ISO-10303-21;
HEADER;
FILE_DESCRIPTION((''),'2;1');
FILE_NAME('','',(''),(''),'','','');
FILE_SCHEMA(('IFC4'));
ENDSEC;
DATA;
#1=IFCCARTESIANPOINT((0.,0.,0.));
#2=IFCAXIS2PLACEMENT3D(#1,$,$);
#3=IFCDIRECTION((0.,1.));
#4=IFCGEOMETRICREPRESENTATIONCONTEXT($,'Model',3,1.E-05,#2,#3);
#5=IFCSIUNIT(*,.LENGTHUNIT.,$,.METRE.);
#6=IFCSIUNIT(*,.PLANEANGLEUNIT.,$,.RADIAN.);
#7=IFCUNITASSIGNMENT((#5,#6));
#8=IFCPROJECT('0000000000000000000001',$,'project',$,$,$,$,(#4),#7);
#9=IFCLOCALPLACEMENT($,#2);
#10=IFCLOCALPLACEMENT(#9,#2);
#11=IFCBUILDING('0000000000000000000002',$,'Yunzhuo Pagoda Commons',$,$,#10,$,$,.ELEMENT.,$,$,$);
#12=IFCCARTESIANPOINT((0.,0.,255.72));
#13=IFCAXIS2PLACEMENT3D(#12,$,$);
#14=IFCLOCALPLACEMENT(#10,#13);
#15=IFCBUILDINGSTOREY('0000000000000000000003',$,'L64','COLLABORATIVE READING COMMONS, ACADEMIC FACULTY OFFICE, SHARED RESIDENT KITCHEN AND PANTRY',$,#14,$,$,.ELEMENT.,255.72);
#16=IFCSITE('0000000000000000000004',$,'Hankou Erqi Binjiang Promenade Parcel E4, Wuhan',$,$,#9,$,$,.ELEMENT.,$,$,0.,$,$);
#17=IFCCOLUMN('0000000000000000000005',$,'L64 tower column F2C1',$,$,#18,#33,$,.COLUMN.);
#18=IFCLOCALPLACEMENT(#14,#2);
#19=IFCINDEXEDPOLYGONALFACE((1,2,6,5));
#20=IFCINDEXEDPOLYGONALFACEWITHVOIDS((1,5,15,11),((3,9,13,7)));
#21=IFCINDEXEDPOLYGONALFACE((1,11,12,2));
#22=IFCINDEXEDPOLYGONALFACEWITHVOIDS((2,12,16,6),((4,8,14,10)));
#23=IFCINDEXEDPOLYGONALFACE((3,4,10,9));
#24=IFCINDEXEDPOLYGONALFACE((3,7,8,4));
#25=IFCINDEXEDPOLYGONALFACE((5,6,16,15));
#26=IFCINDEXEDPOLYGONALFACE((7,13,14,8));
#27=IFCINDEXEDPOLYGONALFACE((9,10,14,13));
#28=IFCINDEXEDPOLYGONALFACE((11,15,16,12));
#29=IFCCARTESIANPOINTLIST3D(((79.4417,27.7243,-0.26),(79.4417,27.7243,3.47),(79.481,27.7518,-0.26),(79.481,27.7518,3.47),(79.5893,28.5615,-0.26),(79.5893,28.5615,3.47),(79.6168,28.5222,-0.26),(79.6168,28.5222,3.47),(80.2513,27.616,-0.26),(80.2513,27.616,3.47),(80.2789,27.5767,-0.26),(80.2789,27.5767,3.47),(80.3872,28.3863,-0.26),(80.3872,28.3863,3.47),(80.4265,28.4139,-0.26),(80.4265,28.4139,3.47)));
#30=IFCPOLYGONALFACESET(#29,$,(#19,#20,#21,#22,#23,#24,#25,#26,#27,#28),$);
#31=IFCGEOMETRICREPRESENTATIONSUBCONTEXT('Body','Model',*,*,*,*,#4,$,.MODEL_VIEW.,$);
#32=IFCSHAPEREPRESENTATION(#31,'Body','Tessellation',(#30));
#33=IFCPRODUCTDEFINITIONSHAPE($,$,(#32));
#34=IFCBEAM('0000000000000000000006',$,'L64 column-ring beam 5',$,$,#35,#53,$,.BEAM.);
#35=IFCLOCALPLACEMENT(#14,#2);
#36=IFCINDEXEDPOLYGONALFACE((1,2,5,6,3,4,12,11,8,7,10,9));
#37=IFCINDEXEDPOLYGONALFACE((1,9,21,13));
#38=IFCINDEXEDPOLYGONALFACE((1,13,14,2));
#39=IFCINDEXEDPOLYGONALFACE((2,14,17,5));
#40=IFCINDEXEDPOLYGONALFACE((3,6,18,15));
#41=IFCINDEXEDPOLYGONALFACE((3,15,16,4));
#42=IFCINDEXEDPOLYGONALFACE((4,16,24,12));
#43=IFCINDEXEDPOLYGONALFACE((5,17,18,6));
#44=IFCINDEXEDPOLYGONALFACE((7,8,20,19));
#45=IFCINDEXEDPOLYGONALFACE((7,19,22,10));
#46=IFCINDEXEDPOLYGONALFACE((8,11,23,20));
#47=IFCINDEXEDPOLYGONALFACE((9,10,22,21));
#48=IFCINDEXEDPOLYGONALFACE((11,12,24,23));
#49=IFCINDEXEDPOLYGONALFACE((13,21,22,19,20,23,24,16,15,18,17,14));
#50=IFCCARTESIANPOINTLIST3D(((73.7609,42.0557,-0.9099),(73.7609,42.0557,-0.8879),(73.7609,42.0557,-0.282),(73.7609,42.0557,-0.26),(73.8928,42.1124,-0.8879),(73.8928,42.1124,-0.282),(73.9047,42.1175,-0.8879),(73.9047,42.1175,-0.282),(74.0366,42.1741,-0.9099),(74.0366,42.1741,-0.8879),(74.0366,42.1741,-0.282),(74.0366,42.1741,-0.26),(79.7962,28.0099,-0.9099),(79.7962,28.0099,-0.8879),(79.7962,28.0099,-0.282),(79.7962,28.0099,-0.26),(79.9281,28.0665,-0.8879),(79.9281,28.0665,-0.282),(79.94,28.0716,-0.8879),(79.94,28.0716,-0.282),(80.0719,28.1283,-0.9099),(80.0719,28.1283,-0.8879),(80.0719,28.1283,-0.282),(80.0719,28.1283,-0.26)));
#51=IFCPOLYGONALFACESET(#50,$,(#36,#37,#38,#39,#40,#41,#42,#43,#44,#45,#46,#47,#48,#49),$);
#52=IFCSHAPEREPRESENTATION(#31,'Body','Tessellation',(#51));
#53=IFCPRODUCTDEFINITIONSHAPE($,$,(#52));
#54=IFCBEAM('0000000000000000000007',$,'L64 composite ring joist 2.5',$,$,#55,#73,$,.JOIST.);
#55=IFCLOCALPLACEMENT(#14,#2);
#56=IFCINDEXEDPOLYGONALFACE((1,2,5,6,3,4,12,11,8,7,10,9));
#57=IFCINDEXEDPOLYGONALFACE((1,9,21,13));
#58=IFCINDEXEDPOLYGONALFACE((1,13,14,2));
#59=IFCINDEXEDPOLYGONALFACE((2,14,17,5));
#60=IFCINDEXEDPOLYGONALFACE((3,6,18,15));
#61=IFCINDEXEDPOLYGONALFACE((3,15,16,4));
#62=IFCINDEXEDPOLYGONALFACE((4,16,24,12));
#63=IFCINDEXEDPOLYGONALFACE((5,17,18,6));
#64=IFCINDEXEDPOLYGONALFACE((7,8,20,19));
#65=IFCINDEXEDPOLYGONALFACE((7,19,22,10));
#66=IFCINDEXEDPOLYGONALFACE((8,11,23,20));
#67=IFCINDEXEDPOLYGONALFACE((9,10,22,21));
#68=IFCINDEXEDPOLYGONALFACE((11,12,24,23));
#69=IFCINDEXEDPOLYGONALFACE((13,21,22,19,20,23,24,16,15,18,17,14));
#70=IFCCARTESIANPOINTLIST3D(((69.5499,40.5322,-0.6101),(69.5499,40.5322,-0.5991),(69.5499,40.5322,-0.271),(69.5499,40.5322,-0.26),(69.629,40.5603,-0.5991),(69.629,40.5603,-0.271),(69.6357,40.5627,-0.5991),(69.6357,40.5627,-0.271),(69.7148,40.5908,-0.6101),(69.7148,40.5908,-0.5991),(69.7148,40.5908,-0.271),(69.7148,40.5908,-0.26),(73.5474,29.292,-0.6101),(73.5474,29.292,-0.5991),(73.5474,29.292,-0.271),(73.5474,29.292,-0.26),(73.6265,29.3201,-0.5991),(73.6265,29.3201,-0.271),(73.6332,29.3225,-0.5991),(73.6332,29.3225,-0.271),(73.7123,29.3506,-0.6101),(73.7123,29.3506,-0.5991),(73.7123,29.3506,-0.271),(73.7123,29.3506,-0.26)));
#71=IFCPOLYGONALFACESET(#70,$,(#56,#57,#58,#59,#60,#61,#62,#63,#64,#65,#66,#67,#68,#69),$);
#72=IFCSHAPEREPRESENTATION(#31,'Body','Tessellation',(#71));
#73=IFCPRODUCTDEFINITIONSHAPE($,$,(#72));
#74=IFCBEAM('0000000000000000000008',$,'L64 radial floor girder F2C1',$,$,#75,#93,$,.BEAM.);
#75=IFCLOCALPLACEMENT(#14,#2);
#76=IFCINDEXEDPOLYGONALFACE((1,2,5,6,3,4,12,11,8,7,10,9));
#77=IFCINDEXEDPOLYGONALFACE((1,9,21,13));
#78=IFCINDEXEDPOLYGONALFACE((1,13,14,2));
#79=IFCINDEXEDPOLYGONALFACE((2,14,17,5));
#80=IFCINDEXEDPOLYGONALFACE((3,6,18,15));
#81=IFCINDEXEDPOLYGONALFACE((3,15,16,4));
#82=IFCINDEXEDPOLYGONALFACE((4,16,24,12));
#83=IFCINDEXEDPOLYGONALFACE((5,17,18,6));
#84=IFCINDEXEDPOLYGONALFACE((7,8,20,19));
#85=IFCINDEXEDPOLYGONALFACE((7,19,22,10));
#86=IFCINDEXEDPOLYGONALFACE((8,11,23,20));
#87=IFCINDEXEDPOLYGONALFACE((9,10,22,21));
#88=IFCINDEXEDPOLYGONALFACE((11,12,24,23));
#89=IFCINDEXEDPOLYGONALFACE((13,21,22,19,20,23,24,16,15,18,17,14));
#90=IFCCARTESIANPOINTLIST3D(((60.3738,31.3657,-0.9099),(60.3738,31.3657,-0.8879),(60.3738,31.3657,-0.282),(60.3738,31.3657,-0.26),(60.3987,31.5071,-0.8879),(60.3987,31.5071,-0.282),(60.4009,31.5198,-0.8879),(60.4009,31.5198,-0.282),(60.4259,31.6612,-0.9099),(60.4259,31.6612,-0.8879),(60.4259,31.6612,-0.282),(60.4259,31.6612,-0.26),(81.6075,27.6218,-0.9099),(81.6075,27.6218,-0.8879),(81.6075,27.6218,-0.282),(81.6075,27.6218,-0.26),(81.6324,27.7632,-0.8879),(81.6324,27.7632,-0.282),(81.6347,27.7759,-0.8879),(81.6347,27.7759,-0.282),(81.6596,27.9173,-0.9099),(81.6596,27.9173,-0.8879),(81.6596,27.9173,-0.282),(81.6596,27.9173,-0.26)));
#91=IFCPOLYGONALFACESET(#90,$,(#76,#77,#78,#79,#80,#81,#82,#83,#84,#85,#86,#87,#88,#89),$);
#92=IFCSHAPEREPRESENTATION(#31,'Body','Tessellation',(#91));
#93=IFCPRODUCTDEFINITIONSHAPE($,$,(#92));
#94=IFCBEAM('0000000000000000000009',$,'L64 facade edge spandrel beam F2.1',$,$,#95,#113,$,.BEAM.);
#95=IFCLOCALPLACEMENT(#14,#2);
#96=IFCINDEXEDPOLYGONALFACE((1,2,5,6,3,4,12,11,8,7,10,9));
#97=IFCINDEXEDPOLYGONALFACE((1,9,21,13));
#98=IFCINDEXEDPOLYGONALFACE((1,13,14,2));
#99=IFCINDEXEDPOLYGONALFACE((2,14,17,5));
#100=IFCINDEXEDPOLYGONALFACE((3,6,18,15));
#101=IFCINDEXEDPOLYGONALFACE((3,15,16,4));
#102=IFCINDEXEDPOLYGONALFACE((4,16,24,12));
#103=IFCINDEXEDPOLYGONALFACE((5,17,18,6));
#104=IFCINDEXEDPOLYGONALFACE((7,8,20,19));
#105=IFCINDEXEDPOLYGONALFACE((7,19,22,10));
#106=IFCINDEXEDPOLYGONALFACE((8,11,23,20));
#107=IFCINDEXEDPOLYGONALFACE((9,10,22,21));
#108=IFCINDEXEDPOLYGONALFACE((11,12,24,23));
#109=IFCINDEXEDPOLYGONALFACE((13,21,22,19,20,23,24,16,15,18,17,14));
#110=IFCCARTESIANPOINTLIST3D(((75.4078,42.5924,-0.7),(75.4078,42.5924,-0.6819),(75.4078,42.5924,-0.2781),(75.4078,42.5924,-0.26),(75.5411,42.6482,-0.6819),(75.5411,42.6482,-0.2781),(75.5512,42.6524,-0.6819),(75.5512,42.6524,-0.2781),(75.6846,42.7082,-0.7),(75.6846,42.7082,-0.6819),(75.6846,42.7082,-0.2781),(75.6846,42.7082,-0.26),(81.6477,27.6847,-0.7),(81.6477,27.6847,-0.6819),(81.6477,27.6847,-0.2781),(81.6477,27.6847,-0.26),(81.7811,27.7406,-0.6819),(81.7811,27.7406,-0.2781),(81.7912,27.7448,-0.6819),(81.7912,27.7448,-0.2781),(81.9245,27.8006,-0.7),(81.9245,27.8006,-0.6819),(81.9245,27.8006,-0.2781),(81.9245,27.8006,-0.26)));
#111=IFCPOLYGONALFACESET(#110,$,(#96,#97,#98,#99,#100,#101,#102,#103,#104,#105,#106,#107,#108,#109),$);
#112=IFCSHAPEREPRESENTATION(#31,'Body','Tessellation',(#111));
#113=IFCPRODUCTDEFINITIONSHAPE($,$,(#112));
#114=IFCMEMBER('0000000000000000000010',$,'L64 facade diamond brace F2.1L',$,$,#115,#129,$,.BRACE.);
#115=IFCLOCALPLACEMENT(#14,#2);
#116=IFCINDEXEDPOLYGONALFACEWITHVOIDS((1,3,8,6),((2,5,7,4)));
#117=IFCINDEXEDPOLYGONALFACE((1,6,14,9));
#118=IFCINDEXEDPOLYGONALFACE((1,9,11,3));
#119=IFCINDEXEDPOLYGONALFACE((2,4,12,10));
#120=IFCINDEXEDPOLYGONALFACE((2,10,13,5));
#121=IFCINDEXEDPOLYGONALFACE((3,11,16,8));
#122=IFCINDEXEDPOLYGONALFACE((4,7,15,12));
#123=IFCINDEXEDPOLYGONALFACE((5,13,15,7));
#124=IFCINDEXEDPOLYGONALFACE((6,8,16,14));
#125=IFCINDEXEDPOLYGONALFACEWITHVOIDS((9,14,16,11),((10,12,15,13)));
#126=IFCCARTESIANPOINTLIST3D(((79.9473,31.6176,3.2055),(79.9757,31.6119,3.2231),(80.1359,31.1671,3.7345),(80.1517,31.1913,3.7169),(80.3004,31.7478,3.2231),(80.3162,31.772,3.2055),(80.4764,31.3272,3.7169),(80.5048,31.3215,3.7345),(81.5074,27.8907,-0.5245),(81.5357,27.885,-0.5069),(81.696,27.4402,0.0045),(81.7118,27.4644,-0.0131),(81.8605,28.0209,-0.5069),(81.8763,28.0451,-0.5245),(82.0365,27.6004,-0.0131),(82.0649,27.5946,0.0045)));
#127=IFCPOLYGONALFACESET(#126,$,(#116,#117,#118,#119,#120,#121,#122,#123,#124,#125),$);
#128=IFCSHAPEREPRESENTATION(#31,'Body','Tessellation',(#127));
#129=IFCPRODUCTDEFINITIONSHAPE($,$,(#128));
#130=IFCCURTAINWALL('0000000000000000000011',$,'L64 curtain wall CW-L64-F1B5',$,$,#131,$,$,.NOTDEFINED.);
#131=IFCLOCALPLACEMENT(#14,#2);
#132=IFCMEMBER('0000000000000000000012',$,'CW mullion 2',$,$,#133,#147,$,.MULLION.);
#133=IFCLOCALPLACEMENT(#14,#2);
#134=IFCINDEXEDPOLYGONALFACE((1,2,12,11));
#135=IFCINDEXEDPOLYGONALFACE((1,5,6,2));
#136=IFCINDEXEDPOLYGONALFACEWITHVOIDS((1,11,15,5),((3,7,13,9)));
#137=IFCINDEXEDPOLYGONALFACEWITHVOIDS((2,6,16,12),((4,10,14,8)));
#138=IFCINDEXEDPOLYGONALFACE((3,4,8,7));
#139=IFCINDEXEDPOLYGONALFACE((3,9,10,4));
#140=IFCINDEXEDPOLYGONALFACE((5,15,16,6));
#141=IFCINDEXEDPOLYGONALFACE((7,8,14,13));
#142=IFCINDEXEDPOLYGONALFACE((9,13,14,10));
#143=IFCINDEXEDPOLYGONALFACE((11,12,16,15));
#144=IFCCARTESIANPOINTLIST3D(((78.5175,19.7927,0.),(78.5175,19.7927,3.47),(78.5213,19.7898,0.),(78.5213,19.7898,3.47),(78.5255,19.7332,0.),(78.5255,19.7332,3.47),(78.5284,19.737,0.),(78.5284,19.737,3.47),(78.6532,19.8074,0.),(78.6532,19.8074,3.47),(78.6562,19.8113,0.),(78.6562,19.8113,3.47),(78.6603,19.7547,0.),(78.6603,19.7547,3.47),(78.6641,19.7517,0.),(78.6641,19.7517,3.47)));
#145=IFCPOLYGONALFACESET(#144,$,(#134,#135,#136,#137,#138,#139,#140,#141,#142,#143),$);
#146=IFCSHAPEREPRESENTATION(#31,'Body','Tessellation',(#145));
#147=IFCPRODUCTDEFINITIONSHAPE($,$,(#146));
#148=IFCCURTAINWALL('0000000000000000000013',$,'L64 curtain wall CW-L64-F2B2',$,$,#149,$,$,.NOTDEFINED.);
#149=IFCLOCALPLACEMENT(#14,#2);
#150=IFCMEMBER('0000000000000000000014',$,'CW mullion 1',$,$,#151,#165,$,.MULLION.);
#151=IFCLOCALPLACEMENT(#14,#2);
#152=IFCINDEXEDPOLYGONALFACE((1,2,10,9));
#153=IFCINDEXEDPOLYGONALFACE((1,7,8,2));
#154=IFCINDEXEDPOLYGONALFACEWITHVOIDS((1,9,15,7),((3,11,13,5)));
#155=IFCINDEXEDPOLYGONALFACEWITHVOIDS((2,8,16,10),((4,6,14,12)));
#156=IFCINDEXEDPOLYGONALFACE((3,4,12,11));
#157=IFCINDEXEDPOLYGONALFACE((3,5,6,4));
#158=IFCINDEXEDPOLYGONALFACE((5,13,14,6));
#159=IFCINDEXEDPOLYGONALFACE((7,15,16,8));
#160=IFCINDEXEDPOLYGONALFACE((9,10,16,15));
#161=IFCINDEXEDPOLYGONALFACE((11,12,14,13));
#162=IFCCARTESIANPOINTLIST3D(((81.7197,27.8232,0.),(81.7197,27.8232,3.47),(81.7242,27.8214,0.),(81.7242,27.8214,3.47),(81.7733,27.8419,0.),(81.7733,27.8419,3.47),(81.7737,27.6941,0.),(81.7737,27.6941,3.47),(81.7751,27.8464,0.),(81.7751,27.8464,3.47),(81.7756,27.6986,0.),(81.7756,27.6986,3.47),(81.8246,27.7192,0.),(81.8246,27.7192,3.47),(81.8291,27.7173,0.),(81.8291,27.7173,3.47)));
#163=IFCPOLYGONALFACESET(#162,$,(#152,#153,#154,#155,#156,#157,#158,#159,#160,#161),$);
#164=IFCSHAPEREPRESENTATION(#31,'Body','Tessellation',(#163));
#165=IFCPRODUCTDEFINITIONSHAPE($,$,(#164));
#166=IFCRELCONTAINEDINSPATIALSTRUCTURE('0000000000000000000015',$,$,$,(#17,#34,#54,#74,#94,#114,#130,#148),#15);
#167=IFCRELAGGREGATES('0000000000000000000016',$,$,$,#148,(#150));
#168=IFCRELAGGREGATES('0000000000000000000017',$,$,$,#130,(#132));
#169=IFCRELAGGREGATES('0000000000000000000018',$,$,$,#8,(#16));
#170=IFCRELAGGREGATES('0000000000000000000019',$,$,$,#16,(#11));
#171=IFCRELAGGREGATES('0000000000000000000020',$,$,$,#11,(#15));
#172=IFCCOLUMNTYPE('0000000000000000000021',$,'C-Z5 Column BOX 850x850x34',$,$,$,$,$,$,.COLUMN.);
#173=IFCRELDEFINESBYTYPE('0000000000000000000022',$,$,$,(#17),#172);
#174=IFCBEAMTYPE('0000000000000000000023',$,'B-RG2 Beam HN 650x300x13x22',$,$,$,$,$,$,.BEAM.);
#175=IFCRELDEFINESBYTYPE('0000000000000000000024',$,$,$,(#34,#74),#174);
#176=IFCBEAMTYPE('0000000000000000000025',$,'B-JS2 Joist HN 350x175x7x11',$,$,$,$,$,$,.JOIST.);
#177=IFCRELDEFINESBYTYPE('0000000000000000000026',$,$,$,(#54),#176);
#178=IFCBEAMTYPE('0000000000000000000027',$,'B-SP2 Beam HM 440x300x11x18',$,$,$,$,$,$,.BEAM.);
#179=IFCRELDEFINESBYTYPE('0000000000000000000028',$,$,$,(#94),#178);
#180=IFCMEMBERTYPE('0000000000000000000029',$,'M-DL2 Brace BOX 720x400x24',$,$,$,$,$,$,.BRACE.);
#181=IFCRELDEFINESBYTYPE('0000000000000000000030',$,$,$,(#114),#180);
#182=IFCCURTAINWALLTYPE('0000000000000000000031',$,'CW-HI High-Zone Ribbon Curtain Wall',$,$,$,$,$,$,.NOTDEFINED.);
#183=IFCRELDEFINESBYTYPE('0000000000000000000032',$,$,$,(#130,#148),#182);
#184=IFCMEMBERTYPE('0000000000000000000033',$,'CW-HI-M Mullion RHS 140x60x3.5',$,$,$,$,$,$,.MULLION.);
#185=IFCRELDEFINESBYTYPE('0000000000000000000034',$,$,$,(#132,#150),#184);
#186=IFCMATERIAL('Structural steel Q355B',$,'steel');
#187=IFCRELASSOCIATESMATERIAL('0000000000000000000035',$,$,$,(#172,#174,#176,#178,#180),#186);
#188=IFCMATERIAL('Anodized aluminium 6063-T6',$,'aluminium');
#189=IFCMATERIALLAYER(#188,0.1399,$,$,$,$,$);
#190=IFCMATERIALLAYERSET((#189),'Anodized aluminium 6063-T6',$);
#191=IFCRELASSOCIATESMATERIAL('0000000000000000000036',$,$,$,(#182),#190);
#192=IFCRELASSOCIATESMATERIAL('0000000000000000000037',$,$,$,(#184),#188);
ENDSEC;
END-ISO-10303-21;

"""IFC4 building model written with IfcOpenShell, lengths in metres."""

from ifc_helpers import new_model, si_unit, direction, frame, origin, origin_2d, place, context, subcontext, project, spatial, hollow_rectangle, i_section, extrude, source, transform, mapped, material, layer, layer_set, material_profile, profile_set, type_object, element, aggregate, save


model = new_model("IFC4")

# Units and contexts
model_context = context("Model", 3, precision=1e-05, world=origin(), true_north=direction((0.0, 1.0)))
body_context = subcontext(model_context, "Body", "Model", "MODEL_VIEW")
ifc_project = project(units=[si_unit("LENGTHUNIT", "METRE"), si_unit("PLANEANGLEUNIT", "RADIAN")], contexts=[model_context])

# Site, building, storey
site_placement = place(None, origin())
site = spatial("IfcSite", under=ifc_project, at=site_placement, Name="Hankou Erqi Binjiang Promenade Parcel E4, Wuhan", CompositionType="ELEMENT", RefElevation=0.0)
building_placement = place(site_placement, origin())
building = spatial("IfcBuilding", under=site, at=building_placement, Name="Yunzhuo Pagoda Commons", CompositionType="ELEMENT")
storey_placement = place(building_placement, frame((0.0, 0.0, 255.72)))
storey = spatial("IfcBuildingStorey", under=building, at=storey_placement, Name="L64", Description="COLLABORATIVE READING COMMONS, ACADEMIC FACULTY OFFICE, SHARED RESIDENT KITCHEN AND PANTRY", CompositionType="ELEMENT", Elevation=255.72)

# Column
ifc_material_1 = material(Name="Structural steel Q355B", Category="steel")
ifc_material_profile_1 = material_profile(ifc_material_1, hollow_rectangle(XDim=0.8501, YDim=0.8501, WallThickness=0.0339, at=origin_2d()), Name="Structural steel Q355B")
ifc_profile_set_1 = profile_set([ifc_material_profile_1], Name="Structural steel Q355B")
column_type = type_object("IfcColumnType", Name="C-Z5 Column BOX 850x850x34", PredefinedType="COLUMN", material=ifc_profile_set_1)
shared_shape_1 = source(origin(), body_context, "Body", "SweptSolid", [
    extrude(hollow_rectangle(XDim=0.8501, YDim=0.8501, WallThickness=0.0339, at=origin_2d()), origin(), (0.0, 0.0, 1.0), 3.73),
])
column_placement = place(storey_placement, frame((79.9341, 28.0691, -0.26), z_axis=(0.0, 0.0, 1.0), x_axis=(0.173648, 0.984808, 0.0)))
element("IfcColumn", 1, at=column_placement, inside=storey, type_object=column_type, Name="L64 tower column F2C1", PredefinedType="COLUMN", context=body_context, shape_type="MappedRepresentation", body=[
    mapped(shared_shape_1, transform((0.0, 0.0, 0.0), scale=1.0)),
])

# Beams
ifc_material_profile_2 = material_profile(ifc_material_1, i_section(OverallWidth=0.3, OverallDepth=0.6499, WebThickness=0.0129, FlangeThickness=0.022, at=origin_2d()), Name="Structural steel Q355B")
ifc_profile_set_2 = profile_set([ifc_material_profile_2], Name="Structural steel Q355B")
beam_type_1 = type_object("IfcBeamType", Name="B-RG2 Beam HN 650x300x13x22", PredefinedType="BEAM", material=ifc_profile_set_2)
shared_shape_2 = source(origin(), body_context, "Body", "SweptSolid", [
    extrude(i_section(OverallWidth=0.3, OverallDepth=0.6499, WebThickness=0.0129, FlangeThickness=0.022, at=origin_2d()), origin(), (0.0, 0.0, 1.0), 15.2876),
])
beam_1_placement = place(storey_placement, frame((79.9341, 28.0691, -0.585), z_axis=(-0.394788, 0.918772, 0.0), x_axis=(-0.918772, -0.394788, 0.0)))
element("IfcBeam", 2, at=beam_1_placement, inside=storey, type_object=beam_type_1, Name="L64 column-ring beam 5", PredefinedType="BEAM", context=body_context, shape_type="MappedRepresentation", body=[
    mapped(shared_shape_2, transform((0.0, 0.0, 0.0), scale=1.0)),
])
ifc_material_profile_3 = material_profile(ifc_material_1, i_section(OverallWidth=0.175, OverallDepth=0.3501, WebThickness=0.0071, FlangeThickness=0.011, at=origin_2d()), Name="Structural steel Q355B")
ifc_profile_set_3 = profile_set([ifc_material_profile_3], Name="Structural steel Q355B")
beam_type_2 = type_object("IfcBeamType", Name="B-JS2 Joist HN 350x175x7x11", PredefinedType="JOIST", material=ifc_profile_set_3)
shared_shape_3 = source(origin(), body_context, "Body", "SweptSolid", [
    extrude(i_section(OverallWidth=0.175, OverallDepth=0.3501, WebThickness=0.0071, FlangeThickness=0.011, at=origin_2d()), origin(), (0.0, 0.0, 1.0), 11.9299),
])
beam_2_placement = place(storey_placement, frame((73.6299, 29.3213, -0.4351), z_axis=(-0.335086, 0.942187, 0.0), x_axis=(-0.942187, -0.335086, 0.0)))
element("IfcBeam", 3, at=beam_2_placement, inside=storey, type_object=beam_type_2, Name="L64 composite ring joist 2.5", PredefinedType="JOIST", context=body_context, shape_type="MappedRepresentation", body=[
    mapped(shared_shape_3, transform((0.0, 0.0, 0.0), scale=1.0)),
])
shared_shape_4 = source(origin(), body_context, "Body", "SweptSolid", [
    extrude(i_section(OverallWidth=0.3, OverallDepth=0.6499, WebThickness=0.0129, FlangeThickness=0.022, at=origin_2d()), origin(), (0.0, 0.0, 1.0), 21.5613),
])
beam_3_placement = place(storey_placement, frame((81.6335, 27.7695, -0.585), z_axis=(-0.984809, 0.173641, 0.0), x_axis=(-0.173641, -0.984809, 0.0)))
element("IfcBeam", 4, at=beam_3_placement, inside=storey, type_object=beam_type_1, Name="L64 radial floor girder F2C1", PredefinedType="BEAM", context=body_context, shape_type="MappedRepresentation", body=[
    mapped(shared_shape_4, transform((0.0, 0.0, 0.0), scale=1.0)),
])
ifc_material_profile_4 = material_profile(ifc_material_1, i_section(OverallWidth=0.3, OverallDepth=0.4399, WebThickness=0.011, FlangeThickness=0.0181, at=origin_2d()), Name="Structural steel Q355B")
ifc_profile_set_4 = profile_set([ifc_material_profile_4], Name="Structural steel Q355B")
beam_type_3 = type_object("IfcBeamType", Name="B-SP2 Beam HM 440x300x11x18", PredefinedType="BEAM", material=ifc_profile_set_4)
shared_shape_5 = source(origin(), body_context, "Body", "SweptSolid", [
    extrude(i_section(OverallWidth=0.3, OverallDepth=0.4399, WebThickness=0.011, FlangeThickness=0.0181, at=origin_2d()), origin(), (0.0, 0.0, 1.0), 16.1609),
])
beam_4_placement = place(storey_placement, frame((81.7861, 27.7427, -0.48), z_axis=(-0.386114, 0.922451, 0.0), x_axis=(-0.922451, -0.386114, 0.0)))
element("IfcBeam", 5, at=beam_4_placement, inside=storey, type_object=beam_type_3, Name="L64 facade edge spandrel beam F2.1", PredefinedType="BEAM", context=body_context, shape_type="MappedRepresentation", body=[
    mapped(shared_shape_5, transform((0.0, 0.0, 0.0), scale=1.0)),
])

# Member
ifc_material_profile_5 = material_profile(ifc_material_1, hollow_rectangle(XDim=0.3999, YDim=0.72, WallThickness=0.0239, at=origin_2d()), Name="Structural steel Q355B")
ifc_profile_set_5 = profile_set([ifc_material_profile_5], Name="Structural steel Q355B")
member_type_1 = type_object("IfcMemberType", Name="M-DL2 Brace BOX 720x400x24", PredefinedType="BRACE", material=ifc_profile_set_5)
shared_shape_6 = source(origin(), body_context, "Body", "SweptSolid", [
    extrude(hollow_rectangle(XDim=0.3999, YDim=0.72, WallThickness=0.0239, at=origin_2d()), origin(), (0.0, 0.0, 1.0), 5.4988),
])
member_1_placement = place(storey_placement, frame((81.7861, 27.7427, -0.26), z_axis=(-0.283714, 0.677762, 0.678339), x_axis=(-0.922441, -0.386138, 0.0)))
element("IfcMember", 6, at=member_1_placement, inside=storey, type_object=member_type_1, Name="L64 facade diamond brace F2.1L", PredefinedType="BRACE", context=body_context, shape_type="MappedRepresentation", body=[
    mapped(shared_shape_6, transform((0.0, 0.0, 0.0), scale=1.0)),
])

# Curtain walls, members
ifc_material_2 = material(Name="Anodized aluminium 6063-T6", Category="aluminium")
ifc_layer_1 = layer(ifc_material_2, 0.1399)
ifc_layer_set_1 = layer_set([ifc_layer_1], Name="Anodized aluminium 6063-T6")
curtain_wall_type = type_object("IfcCurtainWallType", Name="CW-HI High-Zone Ribbon Curtain Wall", PredefinedType="NOTDEFINED", material=ifc_layer_set_1)
curtain_wall_1_placement = place(storey_placement, origin())
curtain_wall_1 = element("IfcCurtainWall", 7, at=curtain_wall_1_placement, inside=storey, type_object=curtain_wall_type, Name="L64 curtain wall CW-L64-F1B5", PredefinedType="NOTDEFINED")
ifc_material_profile_6 = material_profile(ifc_material_2, hollow_rectangle(XDim=0.0601, YDim=0.1399, WallThickness=0.0034, at=origin_2d()), Name="Anodized aluminium 6063-T6")
ifc_profile_set_6 = profile_set([ifc_material_profile_6], Name="Anodized aluminium 6063-T6")
member_type_2 = type_object("IfcMemberType", Name="CW-HI-M Mullion RHS 140x60x3.5", PredefinedType="MULLION", material=ifc_profile_set_6)
shared_shape_7 = source(origin(), body_context, "Body", "SweptSolid", [
    extrude(hollow_rectangle(XDim=0.0601, YDim=0.1399, WallThickness=0.0034, at=origin_2d()), origin(), (0.0, 0.0, 1.0), 3.47),
])
member_2_placement = place(storey_placement, frame((78.5908, 19.7722, 0.0), z_axis=(0.0, 0.0, 1.0), x_axis=(-0.132664, 0.991161, 0.0)))
member_2 = element("IfcMember", 8, at=member_2_placement, type_object=member_type_2, Name="CW mullion 2", PredefinedType="MULLION", context=body_context, shape_type="MappedRepresentation", body=[
    mapped(shared_shape_7, transform((0.0, 0.0, 0.0), scale=1.0)),
])
curtain_wall_2_placement = place(storey_placement, origin())
curtain_wall_2 = element("IfcCurtainWall", 9, at=curtain_wall_2_placement, inside=storey, type_object=curtain_wall_type, Name="L64 curtain wall CW-L64-F2B2", PredefinedType="NOTDEFINED")
member_3_placement = place(storey_placement, frame((81.7744, 27.7703, 0.0), z_axis=(0.0, 0.0, 1.0), x_axis=(-0.922451, -0.386115, 0.0)))
member_3 = element("IfcMember", 10, at=member_3_placement, type_object=member_type_2, Name="CW mullion 1", PredefinedType="MULLION", context=body_context, shape_type="MappedRepresentation", body=[
    mapped(shared_shape_7, transform((0.0, 0.0, 0.0), scale=1.0)),
])

aggregate(curtain_wall_2, [member_3])

aggregate(curtain_wall_1, [member_2])

save(model, "model.ifc")
